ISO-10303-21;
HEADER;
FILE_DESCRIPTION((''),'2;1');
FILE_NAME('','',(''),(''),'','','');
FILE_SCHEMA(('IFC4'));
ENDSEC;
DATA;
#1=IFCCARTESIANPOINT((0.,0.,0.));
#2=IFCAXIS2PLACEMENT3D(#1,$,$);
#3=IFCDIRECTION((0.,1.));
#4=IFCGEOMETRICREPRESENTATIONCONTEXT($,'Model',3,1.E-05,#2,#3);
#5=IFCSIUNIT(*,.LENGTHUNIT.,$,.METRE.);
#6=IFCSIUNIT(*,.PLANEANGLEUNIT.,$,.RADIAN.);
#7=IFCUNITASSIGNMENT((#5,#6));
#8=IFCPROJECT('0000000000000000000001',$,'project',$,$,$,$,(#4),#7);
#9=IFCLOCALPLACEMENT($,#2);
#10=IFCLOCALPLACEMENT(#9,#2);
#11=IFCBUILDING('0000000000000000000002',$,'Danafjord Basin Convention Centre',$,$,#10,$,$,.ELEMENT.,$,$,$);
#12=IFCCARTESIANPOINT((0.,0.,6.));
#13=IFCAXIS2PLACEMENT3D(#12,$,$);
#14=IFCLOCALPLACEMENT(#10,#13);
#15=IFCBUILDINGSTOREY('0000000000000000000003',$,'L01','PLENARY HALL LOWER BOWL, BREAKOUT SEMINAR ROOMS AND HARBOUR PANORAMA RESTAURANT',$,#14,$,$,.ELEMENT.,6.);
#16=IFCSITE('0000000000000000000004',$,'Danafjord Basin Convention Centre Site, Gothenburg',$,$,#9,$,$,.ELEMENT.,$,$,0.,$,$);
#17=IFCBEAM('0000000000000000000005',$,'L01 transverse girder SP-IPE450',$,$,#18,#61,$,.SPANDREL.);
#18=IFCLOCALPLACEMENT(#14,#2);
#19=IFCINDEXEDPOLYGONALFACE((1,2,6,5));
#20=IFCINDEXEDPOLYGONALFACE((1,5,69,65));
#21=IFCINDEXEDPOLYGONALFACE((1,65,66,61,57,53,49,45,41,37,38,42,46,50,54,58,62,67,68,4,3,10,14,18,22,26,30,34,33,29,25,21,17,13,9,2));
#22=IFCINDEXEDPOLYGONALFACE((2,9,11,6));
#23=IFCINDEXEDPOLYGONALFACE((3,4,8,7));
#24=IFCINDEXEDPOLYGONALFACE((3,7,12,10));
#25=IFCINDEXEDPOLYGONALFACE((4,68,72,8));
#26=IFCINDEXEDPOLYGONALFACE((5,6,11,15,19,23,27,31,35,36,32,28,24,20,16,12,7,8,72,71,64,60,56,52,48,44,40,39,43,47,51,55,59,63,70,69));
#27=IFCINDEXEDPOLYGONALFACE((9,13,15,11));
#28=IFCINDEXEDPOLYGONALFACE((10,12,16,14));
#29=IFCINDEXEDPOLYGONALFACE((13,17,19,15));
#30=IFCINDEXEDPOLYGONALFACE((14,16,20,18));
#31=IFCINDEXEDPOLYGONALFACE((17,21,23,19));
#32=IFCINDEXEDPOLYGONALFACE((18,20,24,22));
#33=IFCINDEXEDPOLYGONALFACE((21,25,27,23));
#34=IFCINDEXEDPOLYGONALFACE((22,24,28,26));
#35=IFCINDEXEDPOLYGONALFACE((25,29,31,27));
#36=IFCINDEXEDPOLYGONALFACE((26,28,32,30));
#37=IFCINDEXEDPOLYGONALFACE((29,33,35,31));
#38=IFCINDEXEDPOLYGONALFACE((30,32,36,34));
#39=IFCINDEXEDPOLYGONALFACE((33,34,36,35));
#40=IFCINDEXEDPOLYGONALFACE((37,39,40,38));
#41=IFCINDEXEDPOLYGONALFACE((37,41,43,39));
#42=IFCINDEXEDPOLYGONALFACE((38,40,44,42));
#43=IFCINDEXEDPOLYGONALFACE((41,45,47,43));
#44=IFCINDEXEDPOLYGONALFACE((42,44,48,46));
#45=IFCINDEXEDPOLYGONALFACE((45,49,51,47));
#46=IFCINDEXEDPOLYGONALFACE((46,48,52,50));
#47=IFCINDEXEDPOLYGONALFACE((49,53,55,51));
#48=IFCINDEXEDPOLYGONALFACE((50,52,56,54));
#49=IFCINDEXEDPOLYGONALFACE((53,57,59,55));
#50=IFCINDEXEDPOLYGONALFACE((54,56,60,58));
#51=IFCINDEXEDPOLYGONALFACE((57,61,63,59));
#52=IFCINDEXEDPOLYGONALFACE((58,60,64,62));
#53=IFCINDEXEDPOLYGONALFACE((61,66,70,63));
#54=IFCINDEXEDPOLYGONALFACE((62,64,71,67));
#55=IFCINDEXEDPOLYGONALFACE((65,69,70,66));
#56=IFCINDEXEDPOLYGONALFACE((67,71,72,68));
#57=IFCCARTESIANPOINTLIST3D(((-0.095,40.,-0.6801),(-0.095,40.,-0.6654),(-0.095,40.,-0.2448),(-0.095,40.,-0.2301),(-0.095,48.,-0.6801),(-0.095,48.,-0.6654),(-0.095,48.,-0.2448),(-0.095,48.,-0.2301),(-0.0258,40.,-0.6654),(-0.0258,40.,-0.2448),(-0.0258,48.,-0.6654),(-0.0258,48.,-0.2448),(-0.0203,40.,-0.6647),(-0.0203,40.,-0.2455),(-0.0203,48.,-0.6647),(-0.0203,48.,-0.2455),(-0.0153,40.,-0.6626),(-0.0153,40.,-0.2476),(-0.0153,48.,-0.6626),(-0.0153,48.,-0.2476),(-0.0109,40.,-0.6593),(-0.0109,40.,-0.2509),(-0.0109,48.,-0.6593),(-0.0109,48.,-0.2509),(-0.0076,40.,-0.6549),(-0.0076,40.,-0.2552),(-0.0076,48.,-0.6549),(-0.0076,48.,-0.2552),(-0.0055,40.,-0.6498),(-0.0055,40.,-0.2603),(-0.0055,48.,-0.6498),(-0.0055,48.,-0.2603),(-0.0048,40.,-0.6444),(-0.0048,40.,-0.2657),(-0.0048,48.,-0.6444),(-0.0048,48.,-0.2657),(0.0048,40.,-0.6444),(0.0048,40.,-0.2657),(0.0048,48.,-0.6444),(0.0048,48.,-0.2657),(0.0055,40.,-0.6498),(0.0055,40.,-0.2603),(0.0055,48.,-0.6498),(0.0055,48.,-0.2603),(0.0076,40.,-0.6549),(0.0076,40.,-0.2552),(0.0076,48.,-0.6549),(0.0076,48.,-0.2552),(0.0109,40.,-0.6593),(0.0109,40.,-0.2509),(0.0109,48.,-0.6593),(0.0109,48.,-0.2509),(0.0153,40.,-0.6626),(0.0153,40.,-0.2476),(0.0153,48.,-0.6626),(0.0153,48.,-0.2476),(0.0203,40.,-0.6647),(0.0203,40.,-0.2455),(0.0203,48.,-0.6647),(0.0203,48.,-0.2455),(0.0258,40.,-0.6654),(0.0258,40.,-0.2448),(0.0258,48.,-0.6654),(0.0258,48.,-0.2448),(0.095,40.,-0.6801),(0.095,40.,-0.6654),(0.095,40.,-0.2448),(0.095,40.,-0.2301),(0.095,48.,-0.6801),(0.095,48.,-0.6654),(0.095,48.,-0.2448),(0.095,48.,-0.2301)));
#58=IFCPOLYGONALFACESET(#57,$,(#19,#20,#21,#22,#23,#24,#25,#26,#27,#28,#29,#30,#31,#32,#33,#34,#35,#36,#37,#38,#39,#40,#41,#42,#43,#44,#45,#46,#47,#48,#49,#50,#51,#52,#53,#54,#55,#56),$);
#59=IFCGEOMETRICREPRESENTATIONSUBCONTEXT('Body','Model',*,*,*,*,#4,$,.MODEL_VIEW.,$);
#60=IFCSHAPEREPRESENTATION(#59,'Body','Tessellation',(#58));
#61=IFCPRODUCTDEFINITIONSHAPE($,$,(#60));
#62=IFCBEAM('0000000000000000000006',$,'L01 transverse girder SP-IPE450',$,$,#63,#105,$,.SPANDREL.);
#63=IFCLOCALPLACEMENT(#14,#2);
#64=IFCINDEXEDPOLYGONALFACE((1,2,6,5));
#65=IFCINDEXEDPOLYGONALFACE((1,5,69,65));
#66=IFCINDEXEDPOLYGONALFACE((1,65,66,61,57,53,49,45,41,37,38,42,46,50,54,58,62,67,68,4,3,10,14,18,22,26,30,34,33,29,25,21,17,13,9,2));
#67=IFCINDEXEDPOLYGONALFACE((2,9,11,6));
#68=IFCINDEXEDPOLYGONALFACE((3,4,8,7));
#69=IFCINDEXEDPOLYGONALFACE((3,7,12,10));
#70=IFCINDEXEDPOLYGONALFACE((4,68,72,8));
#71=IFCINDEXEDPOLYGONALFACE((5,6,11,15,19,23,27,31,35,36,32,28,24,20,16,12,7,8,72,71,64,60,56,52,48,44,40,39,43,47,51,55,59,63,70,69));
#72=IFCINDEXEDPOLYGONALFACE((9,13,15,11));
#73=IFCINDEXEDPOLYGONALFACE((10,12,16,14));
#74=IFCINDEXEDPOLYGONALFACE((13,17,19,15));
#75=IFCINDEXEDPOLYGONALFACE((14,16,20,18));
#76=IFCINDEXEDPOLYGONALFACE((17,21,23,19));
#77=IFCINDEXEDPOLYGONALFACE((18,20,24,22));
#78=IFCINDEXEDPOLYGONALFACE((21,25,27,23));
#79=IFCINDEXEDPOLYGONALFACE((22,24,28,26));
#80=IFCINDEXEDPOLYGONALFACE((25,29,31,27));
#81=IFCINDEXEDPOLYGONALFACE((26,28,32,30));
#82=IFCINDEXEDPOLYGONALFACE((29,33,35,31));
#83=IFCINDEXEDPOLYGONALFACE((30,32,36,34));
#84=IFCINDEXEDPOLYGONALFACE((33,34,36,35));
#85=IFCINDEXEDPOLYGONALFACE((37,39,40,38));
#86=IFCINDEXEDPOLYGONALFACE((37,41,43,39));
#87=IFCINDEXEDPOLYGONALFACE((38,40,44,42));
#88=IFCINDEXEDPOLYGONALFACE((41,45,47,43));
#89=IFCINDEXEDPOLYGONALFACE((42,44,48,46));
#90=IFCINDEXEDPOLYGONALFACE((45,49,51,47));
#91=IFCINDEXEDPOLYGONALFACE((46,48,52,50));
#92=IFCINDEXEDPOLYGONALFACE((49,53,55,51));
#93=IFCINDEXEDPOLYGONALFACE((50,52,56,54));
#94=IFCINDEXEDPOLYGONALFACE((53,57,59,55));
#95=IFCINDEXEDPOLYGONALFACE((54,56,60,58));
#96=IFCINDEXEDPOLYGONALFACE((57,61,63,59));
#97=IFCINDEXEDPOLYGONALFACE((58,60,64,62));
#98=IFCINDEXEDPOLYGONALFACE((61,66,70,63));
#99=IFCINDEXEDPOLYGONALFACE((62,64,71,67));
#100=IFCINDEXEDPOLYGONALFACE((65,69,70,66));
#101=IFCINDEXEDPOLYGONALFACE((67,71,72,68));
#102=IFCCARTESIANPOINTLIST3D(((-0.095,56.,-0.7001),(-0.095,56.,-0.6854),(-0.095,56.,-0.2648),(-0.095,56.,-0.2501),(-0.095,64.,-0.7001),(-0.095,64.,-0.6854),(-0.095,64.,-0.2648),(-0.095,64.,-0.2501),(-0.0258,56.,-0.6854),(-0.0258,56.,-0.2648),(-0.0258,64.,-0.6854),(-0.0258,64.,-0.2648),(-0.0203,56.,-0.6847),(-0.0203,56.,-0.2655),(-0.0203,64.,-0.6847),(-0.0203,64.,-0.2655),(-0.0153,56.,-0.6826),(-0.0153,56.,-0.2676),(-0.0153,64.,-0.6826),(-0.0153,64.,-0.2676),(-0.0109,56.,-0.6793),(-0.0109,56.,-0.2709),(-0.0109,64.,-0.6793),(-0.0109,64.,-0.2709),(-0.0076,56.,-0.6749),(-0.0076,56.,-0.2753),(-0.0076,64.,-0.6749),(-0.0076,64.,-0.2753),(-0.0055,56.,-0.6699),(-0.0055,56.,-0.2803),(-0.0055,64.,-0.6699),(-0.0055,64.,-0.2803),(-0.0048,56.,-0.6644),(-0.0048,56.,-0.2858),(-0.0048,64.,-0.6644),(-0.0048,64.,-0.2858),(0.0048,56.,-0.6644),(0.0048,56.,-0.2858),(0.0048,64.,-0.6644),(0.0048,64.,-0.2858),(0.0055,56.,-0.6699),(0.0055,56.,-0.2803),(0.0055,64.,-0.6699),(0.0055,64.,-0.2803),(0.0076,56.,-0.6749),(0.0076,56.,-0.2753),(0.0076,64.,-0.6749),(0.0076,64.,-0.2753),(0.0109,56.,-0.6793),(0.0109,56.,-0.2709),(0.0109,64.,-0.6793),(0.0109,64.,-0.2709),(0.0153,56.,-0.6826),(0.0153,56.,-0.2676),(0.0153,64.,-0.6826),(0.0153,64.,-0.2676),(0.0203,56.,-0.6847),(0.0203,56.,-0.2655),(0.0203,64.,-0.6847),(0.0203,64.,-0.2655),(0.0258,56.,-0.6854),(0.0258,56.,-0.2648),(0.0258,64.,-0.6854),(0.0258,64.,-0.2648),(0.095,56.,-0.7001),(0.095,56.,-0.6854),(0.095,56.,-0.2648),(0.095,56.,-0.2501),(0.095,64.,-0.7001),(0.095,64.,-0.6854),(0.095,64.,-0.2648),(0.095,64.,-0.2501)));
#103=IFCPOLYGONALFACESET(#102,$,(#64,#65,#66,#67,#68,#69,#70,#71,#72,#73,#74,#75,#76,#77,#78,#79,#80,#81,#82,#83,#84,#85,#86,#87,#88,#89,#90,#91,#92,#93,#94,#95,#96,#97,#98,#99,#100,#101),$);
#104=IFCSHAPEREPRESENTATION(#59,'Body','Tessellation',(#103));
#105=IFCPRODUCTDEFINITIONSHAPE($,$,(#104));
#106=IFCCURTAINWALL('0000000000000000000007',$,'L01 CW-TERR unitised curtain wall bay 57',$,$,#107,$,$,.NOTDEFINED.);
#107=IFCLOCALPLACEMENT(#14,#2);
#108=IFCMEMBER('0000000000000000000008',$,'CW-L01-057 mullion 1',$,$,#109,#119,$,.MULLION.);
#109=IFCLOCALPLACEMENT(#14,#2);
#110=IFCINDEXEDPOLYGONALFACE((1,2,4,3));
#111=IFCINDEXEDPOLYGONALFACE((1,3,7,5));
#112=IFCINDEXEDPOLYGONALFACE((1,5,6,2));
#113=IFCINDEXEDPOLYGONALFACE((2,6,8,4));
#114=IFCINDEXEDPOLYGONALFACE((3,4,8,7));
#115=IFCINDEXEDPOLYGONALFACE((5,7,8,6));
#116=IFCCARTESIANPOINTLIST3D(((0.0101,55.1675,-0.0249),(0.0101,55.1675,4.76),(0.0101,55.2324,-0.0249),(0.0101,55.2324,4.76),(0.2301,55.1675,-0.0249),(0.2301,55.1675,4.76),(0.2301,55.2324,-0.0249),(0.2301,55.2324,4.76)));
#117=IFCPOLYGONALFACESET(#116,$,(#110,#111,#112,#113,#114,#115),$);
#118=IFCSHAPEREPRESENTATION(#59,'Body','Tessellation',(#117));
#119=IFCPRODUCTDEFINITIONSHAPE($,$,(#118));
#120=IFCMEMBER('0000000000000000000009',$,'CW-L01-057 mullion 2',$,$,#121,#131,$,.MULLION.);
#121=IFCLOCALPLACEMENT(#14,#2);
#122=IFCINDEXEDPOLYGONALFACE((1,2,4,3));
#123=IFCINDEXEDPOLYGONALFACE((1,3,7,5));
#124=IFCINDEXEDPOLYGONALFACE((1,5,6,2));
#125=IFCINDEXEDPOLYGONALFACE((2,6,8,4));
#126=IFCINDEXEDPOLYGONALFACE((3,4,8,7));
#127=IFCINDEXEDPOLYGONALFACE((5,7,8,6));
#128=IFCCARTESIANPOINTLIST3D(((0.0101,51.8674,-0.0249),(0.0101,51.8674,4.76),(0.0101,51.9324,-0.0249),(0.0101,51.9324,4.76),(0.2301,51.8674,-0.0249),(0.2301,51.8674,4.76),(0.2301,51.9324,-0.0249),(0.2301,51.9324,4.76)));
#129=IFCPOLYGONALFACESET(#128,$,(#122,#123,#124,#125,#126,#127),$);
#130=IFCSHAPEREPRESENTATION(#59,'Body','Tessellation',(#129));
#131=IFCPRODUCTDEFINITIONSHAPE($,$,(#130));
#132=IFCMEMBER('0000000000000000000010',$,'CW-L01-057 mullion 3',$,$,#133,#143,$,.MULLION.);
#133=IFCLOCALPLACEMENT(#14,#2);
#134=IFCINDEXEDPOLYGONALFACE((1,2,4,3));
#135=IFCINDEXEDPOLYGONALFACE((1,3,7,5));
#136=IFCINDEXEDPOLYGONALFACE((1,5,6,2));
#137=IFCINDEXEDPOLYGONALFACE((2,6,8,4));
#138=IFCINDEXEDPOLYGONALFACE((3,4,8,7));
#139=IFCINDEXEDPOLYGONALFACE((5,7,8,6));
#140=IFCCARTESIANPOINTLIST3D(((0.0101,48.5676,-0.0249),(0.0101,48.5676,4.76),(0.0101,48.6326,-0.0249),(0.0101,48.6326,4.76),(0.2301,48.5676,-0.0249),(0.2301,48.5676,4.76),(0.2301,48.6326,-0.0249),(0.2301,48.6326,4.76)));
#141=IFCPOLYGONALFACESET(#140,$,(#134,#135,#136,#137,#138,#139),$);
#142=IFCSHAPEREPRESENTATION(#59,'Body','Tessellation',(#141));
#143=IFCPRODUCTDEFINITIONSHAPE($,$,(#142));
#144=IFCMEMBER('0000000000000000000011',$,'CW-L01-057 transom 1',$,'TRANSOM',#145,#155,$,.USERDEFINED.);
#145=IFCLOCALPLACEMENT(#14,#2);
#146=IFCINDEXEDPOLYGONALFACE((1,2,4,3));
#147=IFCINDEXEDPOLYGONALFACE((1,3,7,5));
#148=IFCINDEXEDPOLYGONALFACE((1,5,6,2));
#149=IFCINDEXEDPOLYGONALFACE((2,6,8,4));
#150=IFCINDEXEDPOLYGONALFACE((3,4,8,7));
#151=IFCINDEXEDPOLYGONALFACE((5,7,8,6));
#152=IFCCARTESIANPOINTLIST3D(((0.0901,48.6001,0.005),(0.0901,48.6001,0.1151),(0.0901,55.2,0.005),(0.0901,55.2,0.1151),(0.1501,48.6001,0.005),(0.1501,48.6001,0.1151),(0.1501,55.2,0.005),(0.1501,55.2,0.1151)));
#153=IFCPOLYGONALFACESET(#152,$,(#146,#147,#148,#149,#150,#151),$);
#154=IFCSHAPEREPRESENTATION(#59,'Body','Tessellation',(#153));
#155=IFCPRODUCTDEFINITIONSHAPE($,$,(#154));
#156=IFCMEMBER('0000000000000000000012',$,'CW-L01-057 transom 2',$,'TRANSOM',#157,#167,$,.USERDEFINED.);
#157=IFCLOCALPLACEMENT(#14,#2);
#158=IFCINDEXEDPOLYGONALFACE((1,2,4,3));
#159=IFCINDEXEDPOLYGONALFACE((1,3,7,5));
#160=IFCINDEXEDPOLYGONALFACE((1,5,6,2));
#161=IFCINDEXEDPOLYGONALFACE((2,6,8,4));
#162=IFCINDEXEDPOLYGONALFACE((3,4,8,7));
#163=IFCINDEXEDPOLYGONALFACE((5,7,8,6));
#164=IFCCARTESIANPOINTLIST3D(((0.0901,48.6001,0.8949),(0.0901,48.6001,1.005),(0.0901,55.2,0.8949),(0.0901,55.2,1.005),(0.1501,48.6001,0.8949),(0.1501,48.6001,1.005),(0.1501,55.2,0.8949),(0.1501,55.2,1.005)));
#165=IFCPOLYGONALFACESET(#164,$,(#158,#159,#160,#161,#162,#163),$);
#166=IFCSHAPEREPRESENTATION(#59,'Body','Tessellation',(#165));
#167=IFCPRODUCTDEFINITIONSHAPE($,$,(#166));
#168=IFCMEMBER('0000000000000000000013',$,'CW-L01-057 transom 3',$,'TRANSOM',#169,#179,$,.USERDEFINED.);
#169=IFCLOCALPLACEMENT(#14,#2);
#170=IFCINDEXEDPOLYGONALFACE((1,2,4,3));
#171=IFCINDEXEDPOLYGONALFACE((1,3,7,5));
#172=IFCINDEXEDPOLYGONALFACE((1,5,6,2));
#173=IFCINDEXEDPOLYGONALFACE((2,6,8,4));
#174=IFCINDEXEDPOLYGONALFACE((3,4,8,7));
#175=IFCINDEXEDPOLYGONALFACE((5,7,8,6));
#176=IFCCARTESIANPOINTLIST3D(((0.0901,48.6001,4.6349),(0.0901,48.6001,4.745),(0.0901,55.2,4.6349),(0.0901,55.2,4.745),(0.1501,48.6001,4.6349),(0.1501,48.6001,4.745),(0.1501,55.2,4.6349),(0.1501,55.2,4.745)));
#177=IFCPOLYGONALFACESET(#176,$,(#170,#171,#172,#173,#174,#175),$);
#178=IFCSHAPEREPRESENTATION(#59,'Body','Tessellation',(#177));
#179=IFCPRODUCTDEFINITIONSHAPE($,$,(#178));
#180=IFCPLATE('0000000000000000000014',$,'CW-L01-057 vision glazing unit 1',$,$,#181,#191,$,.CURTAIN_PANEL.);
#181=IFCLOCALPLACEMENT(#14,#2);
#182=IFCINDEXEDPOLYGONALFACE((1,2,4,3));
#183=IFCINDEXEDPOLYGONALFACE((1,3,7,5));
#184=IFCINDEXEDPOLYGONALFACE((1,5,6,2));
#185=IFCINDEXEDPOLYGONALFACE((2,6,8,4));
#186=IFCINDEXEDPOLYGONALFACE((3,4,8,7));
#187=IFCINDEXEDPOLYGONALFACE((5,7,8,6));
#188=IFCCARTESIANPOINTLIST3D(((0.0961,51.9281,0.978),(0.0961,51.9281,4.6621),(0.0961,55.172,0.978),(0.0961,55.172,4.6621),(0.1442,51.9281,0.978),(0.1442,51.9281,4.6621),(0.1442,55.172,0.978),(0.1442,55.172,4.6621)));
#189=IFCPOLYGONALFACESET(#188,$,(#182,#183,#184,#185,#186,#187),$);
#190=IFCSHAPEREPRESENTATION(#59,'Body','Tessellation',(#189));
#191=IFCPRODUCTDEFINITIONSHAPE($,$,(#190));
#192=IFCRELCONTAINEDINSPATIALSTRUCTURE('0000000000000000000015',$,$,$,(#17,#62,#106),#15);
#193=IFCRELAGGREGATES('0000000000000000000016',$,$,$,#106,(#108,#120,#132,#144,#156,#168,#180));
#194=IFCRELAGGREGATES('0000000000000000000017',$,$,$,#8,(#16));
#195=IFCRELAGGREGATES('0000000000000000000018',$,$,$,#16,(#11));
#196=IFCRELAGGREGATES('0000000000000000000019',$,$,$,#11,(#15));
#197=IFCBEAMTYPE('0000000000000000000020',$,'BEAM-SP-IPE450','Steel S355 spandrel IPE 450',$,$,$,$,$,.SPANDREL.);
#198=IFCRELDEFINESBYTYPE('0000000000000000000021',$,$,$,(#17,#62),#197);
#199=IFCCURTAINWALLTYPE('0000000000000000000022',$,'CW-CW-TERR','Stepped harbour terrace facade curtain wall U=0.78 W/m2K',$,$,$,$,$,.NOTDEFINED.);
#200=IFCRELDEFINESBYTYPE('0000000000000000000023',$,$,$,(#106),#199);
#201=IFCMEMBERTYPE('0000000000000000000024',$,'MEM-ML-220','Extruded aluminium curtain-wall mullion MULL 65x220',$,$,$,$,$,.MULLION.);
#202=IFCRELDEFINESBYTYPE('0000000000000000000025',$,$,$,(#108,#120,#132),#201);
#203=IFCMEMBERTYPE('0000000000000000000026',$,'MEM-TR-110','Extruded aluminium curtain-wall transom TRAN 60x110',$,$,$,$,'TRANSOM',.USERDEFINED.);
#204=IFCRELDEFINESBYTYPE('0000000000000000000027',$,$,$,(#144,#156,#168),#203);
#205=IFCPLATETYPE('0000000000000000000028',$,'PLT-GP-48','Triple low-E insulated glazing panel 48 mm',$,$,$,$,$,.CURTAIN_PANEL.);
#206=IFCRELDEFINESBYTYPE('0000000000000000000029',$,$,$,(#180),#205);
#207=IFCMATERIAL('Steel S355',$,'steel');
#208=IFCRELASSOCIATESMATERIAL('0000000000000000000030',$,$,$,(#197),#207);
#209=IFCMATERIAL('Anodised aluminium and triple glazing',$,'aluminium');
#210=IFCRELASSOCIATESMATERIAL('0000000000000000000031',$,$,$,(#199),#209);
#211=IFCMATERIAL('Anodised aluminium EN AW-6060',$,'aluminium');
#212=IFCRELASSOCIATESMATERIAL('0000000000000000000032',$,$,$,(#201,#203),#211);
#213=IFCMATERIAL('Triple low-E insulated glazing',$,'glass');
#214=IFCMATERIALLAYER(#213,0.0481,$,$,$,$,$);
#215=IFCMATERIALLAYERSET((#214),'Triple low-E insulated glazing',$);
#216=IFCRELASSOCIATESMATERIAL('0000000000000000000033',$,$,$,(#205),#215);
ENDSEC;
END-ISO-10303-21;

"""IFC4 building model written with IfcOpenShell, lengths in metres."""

from ifc_helpers import new_model, si_unit, direction, frame, origin, origin_2d, place, context, subcontext, project, spatial, rectangle, i_section, extrude, material, layer, layer_set, material_profile, profile_set, type_object, element, aggregate, save


model = new_model("IFC4")

# Units and contexts
model_context = context("Model", 3, precision=1e-05, world=origin(), true_north=direction((0.0, 1.0)))
body_context = subcontext(model_context, "Body", "Model", "MODEL_VIEW")
ifc_project = project(units=[si_unit("LENGTHUNIT", "METRE"), si_unit("PLANEANGLEUNIT", "RADIAN")], contexts=[model_context])

# Site, building, storey
site_placement = place(None, origin())
site = spatial("IfcSite", under=ifc_project, at=site_placement, Name="Danafjord Basin Convention Centre Site, Gothenburg", CompositionType="ELEMENT", RefElevation=0.0)
building_placement = place(site_placement, origin())
building = spatial("IfcBuilding", under=site, at=building_placement, Name="Danafjord Basin Convention Centre", CompositionType="ELEMENT")
storey_placement = place(building_placement, frame((0.0, 0.0, 6.0)))
storey = spatial("IfcBuildingStorey", under=building, at=storey_placement, Name="L01", Description="PLENARY HALL LOWER BOWL, BREAKOUT SEMINAR ROOMS AND HARBOUR PANORAMA RESTAURANT", CompositionType="ELEMENT", Elevation=6.0)

# Shared definitions
ifc_material_1 = material(Name="Steel S355", Category="steel")

# Beams
ifc_material_profile_1 = material_profile(ifc_material_1, i_section(OverallWidth=0.1899, OverallDepth=0.45, WebThickness=0.0095, FlangeThickness=0.0146, FilletRadius=0.021, at=origin_2d()), Name="IPE 450")
ifc_profile_set_1 = profile_set([ifc_material_profile_1], Name="Steel S355")
beam_type_1 = type_object("IfcBeamType", Name="BEAM-SP-IPE450", Description="Steel S355 spandrel IPE 450", PredefinedType="SPANDREL", material=ifc_profile_set_1)
for number, where, z_axis, x_axis, name in (
    (1, (0.0, 40.0, -0.4551), (0.0, 1.0, 0.0), (-1.0, 0.0, 0.0), "L01 transverse girder SP-IPE450"),
    (2, (0.0, 56.0, -0.4751), (0.0, 1.0, 0.0), (-1.0, 0.0, 0.0), "L01 transverse girder SP-IPE450"),
):
    element("IfcBeam", number, at=place(storey_placement, frame(where, z_axis=z_axis, x_axis=x_axis)), inside=storey, type_object=beam_type_1, Name=name, PredefinedType="SPANDREL", context=body_context, shape_type="SweptSolid", body=[
        extrude(i_section(OverallWidth=0.1899, OverallDepth=0.45, WebThickness=0.0095, FlangeThickness=0.0146, FilletRadius=0.021, at=origin_2d()), origin(), (0.0, 0.0, 1.0), 8.0),
    ])

# Curtain wall, members, plate
ifc_material_2 = material(Name="Anodised aluminium and triple glazing", Category="aluminium")
curtain_wall_type = type_object("IfcCurtainWallType", Name="CW-CW-TERR", Description="Stepped harbour terrace facade curtain wall U=0.78 W/m2K", PredefinedType="NOTDEFINED", material=ifc_material_2)
curtain_wall_placement = place(storey_placement, origin())
curtain_wall = element("IfcCurtainWall", 3, at=curtain_wall_placement, inside=storey, type_object=curtain_wall_type, Name="L01 CW-TERR unitised curtain wall bay 57", PredefinedType="NOTDEFINED")
ifc_material_3 = material(Name="Anodised aluminium EN AW-6060", Category="aluminium")
ifc_material_profile_2 = material_profile(ifc_material_3, rectangle(XDim=0.0649, YDim=0.22, at=origin_2d()), Name="MULL 65x220")
ifc_profile_set_2 = profile_set([ifc_material_profile_2], Name="Anodised aluminium EN AW-6060")
member_type_1 = type_object("IfcMemberType", Name="MEM-ML-220", Description="Extruded aluminium curtain-wall mullion MULL 65x220", PredefinedType="MULLION", material=ifc_profile_set_2)
member_1_placement = place(storey_placement, frame((0.1201, 55.2, -0.0249), z_axis=(0.0, 0.0, 1.0), x_axis=(0.0, -1.0, 0.0)))
member_1 = element("IfcMember", 4, at=member_1_placement, type_object=member_type_1, Name="CW-L01-057 mullion 1", PredefinedType="MULLION", context=body_context, shape_type="SweptSolid", body=[
    extrude(rectangle(XDim=0.0649, YDim=0.22, at=origin_2d()), origin(), (0.0, 0.0, 1.0), 4.7849),
])
member_2_placement = place(storey_placement, frame((0.1201, 51.8999, -0.0249), z_axis=(0.0, 0.0, 1.0), x_axis=(0.0, -1.0, 0.0)))
member_2 = element("IfcMember", 5, at=member_2_placement, type_object=member_type_1, Name="CW-L01-057 mullion 2", PredefinedType="MULLION", context=body_context, shape_type="SweptSolid", body=[
    extrude(rectangle(XDim=0.0649, YDim=0.22, at=origin_2d()), origin(), (0.0, 0.0, 1.0), 4.7849),
])
member_3_placement = place(storey_placement, frame((0.1201, 48.6001, -0.0249), z_axis=(0.0, 0.0, 1.0), x_axis=(0.0, -1.0, 0.0)))
member_3 = element("IfcMember", 6, at=member_3_placement, type_object=member_type_1, Name="CW-L01-057 mullion 3", PredefinedType="MULLION", context=body_context, shape_type="SweptSolid", body=[
    extrude(rectangle(XDim=0.0649, YDim=0.22, at=origin_2d()), origin(), (0.0, 0.0, 1.0), 4.7849),
])
ifc_material_profile_3 = material_profile(ifc_material_3, rectangle(XDim=0.0601, YDim=0.1101, at=origin_2d()), Name="TRAN 60x110")
ifc_profile_set_3 = profile_set([ifc_material_profile_3], Name="Anodised aluminium EN AW-6060")
member_type_2 = type_object("IfcMemberType", Name="MEM-TR-110", Description="Extruded aluminium curtain-wall transom TRAN 60x110", ElementType="TRANSOM", PredefinedType="USERDEFINED", material=ifc_profile_set_3)
member_4_placement = place(storey_placement, frame((0.1201, 55.2, 0.0601), z_axis=(0.0, -1.0, 0.0), x_axis=(1.0, 0.0, 0.0)))
member_4 = element("IfcMember", 7, at=member_4_placement, type_object=member_type_2, Name="CW-L01-057 transom 1", ObjectType="TRANSOM", PredefinedType="USERDEFINED", context=body_context, shape_type="SweptSolid", body=[
    extrude(rectangle(XDim=0.0601, YDim=0.1101, at=origin_2d()), origin(), (0.0, 0.0, 1.0), 6.5999),
])
member_5_placement = place(storey_placement, frame((0.1201, 55.2, 0.95), z_axis=(0.0, -1.0, 0.0), x_axis=(1.0, 0.0, 0.0)))
member_5 = element("IfcMember", 8, at=member_5_placement, type_object=member_type_2, Name="CW-L01-057 transom 2", ObjectType="TRANSOM", PredefinedType="USERDEFINED", context=body_context, shape_type="SweptSolid", body=[
    extrude(rectangle(XDim=0.0601, YDim=0.1101, at=origin_2d()), origin(), (0.0, 0.0, 1.0), 6.5999),
])
member_6_placement = place(storey_placement, frame((0.1201, 55.2, 4.6899), z_axis=(0.0, -1.0, 0.0), x_axis=(1.0, 0.0, 0.0)))
member_6 = element("IfcMember", 9, at=member_6_placement, type_object=member_type_2, Name="CW-L01-057 transom 3", ObjectType="TRANSOM", PredefinedType="USERDEFINED", context=body_context, shape_type="SweptSolid", body=[
    extrude(rectangle(XDim=0.0601, YDim=0.1101, at=origin_2d()), origin(), (0.0, 0.0, 1.0), 6.5999),
])
ifc_material_4 = material(Name="Triple low-E insulated glazing", Category="glass")
ifc_layer_1 = layer(ifc_material_4, 0.0481)
ifc_layer_set_1 = layer_set([ifc_layer_1], Name="Triple low-E insulated glazing")
plate_type_1 = type_object("IfcPlateType", Name="PLT-GP-48", Description="Triple low-E insulated glazing panel 48 mm", PredefinedType="CURTAIN_PANEL", material=ifc_layer_set_1)
plate_1_placement = place(storey_placement, frame((0.1201, 53.55, 0.978), z_axis=(0.0, 0.0, 1.0), x_axis=(0.0, -1.0, 0.0)))
plate_1 = element("IfcPlate", 10, at=plate_1_placement, type_object=plate_type_1, Name="CW-L01-057 vision glazing unit 1", PredefinedType="CURTAIN_PANEL", context=body_context, shape_type="SweptSolid", body=[
    extrude(rectangle(XDim=3.2439, YDim=0.0481, at=origin_2d()), origin(), (0.0, 0.0, 1.0), 3.6841),
])
aggregate(curtain_wall, [member_1, member_2, member_3, member_4, member_5, member_6, plate_1])

save(model, "model.ifc")
